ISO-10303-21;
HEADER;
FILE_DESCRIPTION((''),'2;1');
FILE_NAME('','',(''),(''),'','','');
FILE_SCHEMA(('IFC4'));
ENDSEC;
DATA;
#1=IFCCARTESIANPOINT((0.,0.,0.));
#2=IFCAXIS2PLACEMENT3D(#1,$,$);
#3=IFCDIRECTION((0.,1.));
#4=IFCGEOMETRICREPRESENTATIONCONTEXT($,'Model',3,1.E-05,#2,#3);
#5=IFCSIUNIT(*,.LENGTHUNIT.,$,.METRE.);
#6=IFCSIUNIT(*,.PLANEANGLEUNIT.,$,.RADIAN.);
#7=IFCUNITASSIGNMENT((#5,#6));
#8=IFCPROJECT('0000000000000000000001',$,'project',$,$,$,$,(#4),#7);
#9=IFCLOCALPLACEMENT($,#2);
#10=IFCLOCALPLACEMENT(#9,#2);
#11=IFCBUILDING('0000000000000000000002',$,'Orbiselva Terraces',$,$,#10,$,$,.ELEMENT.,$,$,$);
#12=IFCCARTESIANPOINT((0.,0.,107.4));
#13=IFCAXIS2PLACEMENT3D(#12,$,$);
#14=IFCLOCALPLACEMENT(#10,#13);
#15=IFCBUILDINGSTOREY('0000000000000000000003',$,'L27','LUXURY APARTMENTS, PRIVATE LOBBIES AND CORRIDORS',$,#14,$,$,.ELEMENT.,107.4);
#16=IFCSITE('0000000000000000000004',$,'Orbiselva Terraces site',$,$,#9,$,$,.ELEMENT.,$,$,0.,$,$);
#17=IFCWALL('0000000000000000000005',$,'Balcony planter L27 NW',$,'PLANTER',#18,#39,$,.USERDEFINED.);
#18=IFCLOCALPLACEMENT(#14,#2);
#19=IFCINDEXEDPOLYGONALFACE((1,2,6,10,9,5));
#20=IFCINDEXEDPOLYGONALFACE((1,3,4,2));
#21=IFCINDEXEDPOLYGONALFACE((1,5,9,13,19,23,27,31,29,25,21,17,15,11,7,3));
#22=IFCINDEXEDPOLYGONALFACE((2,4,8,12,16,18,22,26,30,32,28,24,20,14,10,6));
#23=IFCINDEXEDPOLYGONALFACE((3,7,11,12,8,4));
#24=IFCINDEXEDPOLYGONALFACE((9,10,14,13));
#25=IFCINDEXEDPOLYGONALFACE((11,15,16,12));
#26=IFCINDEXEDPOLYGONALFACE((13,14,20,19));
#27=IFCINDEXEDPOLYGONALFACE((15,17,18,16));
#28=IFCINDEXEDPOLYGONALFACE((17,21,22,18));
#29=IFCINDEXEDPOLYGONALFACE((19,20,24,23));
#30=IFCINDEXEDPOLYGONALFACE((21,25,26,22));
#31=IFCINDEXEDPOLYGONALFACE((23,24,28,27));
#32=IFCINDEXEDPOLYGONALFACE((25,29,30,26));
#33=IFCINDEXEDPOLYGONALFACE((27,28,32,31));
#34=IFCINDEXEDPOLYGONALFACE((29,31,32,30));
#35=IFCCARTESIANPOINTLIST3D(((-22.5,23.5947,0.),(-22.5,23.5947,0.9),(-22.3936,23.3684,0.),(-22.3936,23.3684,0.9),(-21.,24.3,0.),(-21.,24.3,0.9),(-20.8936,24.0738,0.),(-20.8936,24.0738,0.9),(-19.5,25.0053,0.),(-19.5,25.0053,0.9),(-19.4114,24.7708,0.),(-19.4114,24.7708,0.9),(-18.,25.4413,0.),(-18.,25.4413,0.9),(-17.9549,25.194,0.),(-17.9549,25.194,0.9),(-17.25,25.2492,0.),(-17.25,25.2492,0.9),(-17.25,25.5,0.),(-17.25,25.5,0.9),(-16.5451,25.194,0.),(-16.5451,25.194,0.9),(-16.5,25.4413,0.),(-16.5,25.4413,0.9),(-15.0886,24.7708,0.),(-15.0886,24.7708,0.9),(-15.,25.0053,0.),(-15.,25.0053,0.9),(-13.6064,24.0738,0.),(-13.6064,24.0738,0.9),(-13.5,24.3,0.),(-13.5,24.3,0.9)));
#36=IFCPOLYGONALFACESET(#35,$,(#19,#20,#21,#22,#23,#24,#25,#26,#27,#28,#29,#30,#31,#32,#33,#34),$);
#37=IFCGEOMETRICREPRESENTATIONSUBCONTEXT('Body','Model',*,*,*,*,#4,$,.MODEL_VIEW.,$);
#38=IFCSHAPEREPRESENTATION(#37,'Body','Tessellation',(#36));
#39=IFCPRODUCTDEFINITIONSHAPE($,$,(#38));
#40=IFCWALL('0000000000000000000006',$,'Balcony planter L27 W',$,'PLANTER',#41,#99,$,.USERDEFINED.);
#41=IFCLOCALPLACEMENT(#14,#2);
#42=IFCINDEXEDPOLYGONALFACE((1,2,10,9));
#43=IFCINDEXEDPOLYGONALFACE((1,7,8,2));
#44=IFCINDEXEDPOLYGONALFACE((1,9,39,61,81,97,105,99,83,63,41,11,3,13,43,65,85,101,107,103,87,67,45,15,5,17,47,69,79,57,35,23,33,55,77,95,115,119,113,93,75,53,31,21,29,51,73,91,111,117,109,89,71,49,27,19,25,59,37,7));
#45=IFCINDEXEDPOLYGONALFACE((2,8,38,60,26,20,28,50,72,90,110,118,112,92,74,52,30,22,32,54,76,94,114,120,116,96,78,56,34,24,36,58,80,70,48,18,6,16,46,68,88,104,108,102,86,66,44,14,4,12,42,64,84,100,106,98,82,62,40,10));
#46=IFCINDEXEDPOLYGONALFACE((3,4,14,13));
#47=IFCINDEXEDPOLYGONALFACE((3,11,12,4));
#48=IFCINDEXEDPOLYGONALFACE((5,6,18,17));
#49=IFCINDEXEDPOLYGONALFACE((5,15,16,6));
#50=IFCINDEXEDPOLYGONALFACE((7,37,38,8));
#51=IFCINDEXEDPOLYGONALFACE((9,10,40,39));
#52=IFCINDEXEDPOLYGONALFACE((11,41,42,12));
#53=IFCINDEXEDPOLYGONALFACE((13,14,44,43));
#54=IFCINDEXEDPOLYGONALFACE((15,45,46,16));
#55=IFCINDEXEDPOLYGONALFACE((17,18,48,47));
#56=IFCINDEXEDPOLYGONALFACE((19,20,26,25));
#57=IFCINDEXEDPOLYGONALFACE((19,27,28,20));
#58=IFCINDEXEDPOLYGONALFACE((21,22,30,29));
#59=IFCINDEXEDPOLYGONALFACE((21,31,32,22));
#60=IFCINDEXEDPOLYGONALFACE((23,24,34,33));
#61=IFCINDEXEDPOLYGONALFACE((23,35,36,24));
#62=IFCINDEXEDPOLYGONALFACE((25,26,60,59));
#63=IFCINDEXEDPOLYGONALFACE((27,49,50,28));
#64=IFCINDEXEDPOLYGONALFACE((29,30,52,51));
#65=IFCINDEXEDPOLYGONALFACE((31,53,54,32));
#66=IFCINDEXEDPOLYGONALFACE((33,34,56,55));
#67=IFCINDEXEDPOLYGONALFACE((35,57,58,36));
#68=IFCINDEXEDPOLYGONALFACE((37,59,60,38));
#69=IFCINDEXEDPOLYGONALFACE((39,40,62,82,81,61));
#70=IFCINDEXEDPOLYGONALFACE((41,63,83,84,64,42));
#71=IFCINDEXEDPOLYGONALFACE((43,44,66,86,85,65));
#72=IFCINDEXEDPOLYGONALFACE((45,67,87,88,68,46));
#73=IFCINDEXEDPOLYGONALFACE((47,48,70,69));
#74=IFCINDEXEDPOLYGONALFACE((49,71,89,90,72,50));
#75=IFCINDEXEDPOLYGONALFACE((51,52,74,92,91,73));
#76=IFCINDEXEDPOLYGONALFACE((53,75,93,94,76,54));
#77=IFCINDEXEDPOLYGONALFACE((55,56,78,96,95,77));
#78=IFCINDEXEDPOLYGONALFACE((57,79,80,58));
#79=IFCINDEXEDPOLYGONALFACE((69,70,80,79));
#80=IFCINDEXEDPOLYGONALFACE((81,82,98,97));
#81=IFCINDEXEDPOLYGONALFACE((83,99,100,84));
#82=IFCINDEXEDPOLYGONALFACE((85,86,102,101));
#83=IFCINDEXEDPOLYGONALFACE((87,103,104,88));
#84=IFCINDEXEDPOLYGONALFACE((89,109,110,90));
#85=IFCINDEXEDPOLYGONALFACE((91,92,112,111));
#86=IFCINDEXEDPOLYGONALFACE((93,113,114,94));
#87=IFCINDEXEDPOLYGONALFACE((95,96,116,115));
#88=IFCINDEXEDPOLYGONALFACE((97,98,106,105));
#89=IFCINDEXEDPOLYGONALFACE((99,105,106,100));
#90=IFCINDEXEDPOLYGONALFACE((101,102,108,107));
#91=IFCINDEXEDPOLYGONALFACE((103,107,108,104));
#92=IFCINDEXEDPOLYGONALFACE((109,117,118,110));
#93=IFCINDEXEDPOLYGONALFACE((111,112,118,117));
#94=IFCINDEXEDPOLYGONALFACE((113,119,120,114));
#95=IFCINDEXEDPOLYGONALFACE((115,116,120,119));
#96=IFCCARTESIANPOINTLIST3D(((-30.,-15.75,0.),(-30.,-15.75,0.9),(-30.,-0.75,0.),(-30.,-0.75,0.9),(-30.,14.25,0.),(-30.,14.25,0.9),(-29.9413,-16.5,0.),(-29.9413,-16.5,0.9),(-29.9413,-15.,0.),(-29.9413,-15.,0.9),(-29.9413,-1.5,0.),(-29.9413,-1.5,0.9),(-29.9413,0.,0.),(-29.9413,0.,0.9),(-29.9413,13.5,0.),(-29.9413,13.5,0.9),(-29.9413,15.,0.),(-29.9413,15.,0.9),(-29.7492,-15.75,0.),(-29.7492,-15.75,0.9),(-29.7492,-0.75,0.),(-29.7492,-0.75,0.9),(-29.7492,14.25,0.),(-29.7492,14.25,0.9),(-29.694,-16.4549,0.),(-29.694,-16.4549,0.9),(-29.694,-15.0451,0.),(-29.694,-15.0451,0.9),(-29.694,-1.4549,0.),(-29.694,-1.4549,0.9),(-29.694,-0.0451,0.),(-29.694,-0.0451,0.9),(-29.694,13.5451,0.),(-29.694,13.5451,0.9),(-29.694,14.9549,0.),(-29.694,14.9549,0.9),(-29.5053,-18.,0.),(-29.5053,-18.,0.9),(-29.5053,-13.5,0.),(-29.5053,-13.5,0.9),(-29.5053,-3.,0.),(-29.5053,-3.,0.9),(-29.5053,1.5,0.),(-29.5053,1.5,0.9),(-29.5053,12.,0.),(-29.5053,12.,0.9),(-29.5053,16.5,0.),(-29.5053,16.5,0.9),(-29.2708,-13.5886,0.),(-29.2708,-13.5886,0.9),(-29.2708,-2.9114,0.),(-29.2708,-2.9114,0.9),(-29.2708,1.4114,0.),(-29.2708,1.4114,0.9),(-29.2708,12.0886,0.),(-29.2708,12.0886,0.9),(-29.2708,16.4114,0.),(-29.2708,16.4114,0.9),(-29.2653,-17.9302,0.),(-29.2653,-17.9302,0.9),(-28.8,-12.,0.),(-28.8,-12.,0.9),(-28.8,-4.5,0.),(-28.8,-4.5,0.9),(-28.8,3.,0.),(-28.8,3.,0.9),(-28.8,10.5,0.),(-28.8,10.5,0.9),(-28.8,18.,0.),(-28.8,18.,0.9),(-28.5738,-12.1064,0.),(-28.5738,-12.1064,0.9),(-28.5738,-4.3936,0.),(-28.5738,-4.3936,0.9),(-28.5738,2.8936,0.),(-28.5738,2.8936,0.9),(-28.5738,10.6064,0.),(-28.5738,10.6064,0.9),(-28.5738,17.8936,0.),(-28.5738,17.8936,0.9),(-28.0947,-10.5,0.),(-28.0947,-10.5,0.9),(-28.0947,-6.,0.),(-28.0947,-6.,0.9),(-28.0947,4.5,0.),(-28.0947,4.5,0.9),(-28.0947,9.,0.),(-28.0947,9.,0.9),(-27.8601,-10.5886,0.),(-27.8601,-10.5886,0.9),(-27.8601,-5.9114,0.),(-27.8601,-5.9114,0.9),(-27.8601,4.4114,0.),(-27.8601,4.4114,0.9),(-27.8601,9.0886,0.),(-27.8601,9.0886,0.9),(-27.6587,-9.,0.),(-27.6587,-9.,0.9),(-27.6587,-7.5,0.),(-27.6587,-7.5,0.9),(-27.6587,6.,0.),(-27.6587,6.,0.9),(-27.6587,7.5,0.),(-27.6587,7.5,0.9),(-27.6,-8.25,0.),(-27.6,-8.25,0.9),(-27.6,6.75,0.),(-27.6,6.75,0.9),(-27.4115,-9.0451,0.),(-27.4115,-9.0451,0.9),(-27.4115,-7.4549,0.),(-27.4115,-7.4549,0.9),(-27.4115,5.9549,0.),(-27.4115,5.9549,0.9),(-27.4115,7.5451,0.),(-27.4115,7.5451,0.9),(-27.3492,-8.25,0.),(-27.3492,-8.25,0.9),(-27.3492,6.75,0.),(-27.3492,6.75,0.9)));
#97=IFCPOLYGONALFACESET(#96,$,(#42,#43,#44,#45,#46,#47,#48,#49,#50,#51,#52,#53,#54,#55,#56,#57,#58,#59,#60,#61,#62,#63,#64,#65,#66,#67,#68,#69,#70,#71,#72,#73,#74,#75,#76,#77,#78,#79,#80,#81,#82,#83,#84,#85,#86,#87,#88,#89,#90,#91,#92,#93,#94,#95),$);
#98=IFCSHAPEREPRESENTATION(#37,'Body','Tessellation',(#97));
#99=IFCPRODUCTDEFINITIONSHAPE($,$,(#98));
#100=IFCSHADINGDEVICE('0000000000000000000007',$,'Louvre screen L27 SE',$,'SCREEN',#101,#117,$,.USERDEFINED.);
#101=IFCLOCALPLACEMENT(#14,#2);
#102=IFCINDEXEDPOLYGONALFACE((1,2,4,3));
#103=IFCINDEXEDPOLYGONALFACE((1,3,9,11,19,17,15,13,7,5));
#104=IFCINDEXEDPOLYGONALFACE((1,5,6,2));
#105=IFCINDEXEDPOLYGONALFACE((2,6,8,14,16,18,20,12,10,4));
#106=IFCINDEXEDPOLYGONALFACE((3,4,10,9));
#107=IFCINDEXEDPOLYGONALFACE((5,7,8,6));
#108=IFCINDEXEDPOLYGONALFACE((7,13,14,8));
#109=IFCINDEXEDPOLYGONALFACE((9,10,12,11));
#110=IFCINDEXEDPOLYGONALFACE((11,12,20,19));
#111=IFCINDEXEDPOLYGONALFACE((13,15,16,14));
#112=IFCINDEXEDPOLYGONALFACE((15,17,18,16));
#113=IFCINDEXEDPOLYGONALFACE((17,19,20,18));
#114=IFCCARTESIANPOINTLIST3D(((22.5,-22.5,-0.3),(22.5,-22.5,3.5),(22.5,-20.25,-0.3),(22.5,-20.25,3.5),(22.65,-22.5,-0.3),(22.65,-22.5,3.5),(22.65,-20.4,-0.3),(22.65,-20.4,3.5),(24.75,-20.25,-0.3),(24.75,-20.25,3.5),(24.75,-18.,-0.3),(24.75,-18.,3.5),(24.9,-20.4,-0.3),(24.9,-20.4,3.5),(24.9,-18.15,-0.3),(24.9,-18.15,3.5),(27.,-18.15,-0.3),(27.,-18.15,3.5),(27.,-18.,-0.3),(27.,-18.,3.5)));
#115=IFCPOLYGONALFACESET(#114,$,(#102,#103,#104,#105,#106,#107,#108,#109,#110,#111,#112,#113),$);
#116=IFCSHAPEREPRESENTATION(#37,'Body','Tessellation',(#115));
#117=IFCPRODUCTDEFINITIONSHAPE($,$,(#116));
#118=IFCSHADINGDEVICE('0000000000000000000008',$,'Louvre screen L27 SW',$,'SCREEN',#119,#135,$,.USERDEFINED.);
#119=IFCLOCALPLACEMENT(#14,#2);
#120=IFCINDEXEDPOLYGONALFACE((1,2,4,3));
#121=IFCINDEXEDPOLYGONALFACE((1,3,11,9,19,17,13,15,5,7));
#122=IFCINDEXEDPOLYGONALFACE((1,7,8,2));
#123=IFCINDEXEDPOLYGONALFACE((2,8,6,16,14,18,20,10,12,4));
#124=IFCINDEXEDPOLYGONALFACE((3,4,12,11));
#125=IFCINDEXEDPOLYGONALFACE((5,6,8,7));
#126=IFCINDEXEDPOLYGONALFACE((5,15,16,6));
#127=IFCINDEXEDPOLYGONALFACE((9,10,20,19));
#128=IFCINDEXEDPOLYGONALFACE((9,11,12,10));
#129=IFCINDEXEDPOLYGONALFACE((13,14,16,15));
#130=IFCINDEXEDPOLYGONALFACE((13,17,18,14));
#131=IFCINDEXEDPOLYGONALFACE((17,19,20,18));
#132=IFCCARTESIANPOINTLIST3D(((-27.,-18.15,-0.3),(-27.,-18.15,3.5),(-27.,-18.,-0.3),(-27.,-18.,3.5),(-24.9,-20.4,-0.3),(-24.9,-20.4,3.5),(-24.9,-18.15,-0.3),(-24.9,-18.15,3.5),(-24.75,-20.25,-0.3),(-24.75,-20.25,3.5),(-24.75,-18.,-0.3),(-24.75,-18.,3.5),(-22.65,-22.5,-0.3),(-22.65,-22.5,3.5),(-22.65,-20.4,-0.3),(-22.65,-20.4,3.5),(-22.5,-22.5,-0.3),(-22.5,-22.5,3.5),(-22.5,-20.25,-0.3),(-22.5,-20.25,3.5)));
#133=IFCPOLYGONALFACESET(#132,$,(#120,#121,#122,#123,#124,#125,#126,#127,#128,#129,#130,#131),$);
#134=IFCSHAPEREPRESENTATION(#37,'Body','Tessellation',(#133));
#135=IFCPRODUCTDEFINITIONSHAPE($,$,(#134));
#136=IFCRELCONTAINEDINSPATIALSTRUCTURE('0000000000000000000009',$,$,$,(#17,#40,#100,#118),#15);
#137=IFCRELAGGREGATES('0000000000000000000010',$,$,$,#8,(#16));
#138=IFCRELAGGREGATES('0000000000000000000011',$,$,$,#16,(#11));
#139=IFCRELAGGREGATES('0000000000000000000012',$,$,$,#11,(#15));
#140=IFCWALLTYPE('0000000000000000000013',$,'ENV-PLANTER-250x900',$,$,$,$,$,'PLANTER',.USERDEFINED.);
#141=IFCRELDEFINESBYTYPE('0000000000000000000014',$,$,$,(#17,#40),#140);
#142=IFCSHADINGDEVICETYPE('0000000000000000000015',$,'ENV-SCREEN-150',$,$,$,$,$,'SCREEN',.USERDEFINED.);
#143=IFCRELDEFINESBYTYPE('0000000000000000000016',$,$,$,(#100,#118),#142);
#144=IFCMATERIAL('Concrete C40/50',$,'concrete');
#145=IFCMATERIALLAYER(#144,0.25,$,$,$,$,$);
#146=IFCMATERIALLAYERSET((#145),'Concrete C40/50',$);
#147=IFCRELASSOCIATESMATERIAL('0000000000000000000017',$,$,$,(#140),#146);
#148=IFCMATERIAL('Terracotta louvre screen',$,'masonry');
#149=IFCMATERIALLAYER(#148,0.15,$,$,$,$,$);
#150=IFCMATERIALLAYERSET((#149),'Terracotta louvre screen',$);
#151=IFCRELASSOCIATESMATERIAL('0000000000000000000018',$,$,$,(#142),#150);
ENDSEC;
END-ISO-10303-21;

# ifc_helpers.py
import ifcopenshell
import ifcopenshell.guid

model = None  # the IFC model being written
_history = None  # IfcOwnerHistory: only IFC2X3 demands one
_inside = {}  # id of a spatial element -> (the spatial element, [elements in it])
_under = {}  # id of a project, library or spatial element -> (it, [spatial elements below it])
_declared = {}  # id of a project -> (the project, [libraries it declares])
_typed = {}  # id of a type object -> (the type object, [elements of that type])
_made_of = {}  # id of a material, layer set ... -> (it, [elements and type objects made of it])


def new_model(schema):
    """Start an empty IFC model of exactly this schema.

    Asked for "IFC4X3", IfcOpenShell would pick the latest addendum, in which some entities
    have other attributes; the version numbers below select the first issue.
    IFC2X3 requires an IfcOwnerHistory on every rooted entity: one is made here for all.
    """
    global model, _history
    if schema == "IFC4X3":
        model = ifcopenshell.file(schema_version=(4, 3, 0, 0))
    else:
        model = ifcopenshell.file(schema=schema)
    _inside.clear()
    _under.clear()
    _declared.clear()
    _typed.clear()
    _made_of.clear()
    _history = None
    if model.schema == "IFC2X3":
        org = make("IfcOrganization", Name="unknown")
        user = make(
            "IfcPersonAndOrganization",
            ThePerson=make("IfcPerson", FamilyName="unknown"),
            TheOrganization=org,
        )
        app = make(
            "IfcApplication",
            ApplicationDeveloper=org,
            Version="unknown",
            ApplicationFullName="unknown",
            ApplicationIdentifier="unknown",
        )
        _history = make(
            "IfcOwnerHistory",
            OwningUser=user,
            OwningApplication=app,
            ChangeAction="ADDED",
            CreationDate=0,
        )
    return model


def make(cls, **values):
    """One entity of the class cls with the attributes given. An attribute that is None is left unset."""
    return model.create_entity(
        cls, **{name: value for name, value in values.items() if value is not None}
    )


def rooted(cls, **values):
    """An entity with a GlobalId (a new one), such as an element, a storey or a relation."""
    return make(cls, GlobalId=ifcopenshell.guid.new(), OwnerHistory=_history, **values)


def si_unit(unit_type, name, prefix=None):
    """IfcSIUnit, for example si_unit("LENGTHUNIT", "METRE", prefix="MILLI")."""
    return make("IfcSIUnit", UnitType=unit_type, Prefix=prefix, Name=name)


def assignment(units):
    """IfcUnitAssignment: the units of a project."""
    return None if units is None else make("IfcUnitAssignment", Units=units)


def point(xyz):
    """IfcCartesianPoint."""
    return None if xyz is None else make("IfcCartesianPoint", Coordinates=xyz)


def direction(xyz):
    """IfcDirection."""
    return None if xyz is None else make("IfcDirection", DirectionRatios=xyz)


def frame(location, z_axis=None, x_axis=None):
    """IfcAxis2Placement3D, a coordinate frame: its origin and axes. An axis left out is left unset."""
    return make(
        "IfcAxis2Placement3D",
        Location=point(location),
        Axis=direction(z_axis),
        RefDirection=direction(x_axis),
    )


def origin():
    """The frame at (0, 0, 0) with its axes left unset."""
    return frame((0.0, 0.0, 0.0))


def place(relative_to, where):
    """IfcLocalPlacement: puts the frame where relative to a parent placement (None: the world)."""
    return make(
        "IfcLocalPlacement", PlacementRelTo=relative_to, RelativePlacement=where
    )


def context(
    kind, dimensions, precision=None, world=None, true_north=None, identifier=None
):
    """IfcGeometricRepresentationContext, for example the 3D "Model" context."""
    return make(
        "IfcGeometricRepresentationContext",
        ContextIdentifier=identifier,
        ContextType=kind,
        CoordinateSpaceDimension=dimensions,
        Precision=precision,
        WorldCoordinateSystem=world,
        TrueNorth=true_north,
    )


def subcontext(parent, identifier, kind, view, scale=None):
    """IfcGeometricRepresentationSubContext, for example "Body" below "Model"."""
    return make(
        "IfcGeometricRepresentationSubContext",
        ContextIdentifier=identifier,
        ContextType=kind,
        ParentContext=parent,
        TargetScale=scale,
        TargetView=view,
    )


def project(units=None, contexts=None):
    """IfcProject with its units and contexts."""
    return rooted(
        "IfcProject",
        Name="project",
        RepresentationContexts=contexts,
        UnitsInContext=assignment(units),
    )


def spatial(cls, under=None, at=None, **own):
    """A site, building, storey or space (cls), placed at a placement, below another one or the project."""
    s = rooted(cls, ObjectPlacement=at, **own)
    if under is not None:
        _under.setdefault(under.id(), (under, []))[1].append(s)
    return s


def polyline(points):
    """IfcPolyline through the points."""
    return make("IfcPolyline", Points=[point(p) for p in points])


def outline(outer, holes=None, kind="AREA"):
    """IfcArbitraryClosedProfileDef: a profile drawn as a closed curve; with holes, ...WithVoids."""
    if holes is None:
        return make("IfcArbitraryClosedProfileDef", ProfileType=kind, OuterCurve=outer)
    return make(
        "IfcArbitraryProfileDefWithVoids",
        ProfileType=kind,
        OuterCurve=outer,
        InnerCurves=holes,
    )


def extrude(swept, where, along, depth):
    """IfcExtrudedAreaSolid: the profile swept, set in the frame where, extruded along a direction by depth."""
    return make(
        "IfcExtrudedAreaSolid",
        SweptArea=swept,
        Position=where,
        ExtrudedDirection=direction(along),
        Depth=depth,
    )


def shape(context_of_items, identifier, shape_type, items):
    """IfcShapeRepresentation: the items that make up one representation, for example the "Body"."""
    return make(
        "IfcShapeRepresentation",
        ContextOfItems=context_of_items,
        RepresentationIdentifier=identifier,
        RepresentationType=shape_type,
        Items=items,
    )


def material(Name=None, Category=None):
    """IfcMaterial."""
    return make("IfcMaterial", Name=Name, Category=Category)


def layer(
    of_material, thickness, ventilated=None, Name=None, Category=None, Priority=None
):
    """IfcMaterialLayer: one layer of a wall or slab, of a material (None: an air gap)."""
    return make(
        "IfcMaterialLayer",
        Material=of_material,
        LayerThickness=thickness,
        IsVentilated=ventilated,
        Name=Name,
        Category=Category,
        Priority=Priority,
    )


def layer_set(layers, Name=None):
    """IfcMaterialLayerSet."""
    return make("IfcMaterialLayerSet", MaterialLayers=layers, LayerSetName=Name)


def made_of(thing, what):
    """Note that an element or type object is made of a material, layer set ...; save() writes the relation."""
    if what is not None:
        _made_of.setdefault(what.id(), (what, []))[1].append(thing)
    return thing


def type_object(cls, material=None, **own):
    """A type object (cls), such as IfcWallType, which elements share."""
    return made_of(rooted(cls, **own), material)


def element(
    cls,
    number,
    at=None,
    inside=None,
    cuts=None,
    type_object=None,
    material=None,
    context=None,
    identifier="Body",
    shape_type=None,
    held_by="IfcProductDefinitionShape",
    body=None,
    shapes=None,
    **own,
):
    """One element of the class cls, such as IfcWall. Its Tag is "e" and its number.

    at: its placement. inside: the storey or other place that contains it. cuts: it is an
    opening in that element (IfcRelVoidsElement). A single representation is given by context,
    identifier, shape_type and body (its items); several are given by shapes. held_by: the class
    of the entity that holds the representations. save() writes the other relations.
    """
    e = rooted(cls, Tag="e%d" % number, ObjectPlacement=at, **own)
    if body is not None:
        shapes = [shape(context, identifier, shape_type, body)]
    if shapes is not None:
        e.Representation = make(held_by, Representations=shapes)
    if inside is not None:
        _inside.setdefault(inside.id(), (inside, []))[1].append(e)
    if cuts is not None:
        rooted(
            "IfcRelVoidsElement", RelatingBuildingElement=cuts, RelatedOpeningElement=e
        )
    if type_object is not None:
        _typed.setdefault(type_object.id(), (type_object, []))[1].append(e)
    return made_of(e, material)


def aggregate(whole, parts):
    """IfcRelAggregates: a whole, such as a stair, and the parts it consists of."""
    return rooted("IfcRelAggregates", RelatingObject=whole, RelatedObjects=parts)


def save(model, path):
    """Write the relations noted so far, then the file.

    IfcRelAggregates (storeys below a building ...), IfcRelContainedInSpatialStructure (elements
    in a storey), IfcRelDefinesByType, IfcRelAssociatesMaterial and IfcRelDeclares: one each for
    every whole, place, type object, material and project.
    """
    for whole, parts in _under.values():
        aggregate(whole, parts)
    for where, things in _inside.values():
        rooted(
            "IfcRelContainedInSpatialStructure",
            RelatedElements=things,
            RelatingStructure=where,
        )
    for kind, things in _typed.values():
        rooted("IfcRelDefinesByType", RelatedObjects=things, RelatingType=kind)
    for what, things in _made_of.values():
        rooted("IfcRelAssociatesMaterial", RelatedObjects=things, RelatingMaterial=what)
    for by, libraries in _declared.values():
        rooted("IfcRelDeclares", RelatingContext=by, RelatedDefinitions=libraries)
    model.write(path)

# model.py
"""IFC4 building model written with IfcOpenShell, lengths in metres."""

from ifc_helpers import new_model, si_unit, direction, frame, origin, place, context, subcontext, project, spatial, polyline, outline, extrude, material, layer, layer_set, type_object, element, save


model = new_model("IFC4")

# Units and contexts
model_context = context("Model", 3, precision=1e-05, world=origin(), true_north=direction((0.0, 1.0)))
body_context = subcontext(model_context, "Body", "Model", "MODEL_VIEW")
ifc_project = project(units=[si_unit("LENGTHUNIT", "METRE"), si_unit("PLANEANGLEUNIT", "RADIAN")], contexts=[model_context])

# Site, building, storey
site_placement = place(None, origin())
site = spatial("IfcSite", under=ifc_project, at=site_placement, Name="Orbiselva Terraces site", CompositionType="ELEMENT", RefElevation=0.0)
building_placement = place(site_placement, origin())
building = spatial("IfcBuilding", under=site, at=building_placement, Name="Orbiselva Terraces", CompositionType="ELEMENT")
storey_placement = place(building_placement, frame((0.0, 0.0, 107.4)))
storey = spatial("IfcBuildingStorey", under=building, at=storey_placement, Name="L27", Description="LUXURY APARTMENTS, PRIVATE LOBBIES AND CORRIDORS", CompositionType="ELEMENT", Elevation=107.4)

# Shared definitions
ifc_material_1 = material(Name="Concrete C40/50", Category="concrete")

# Walls
ifc_layer_1 = layer(ifc_material_1, 0.25)
ifc_layer_set_1 = layer_set([ifc_layer_1], Name="Concrete C40/50")
wall_type = type_object("IfcWallType", Name="ENV-PLANTER-250x900", ElementType="PLANTER", PredefinedType="USERDEFINED", material=ifc_layer_set_1)
wall_1_placement = place(storey_placement, origin())
element("IfcWall", 1, at=wall_1_placement, inside=storey, type_object=wall_type, Name="Balcony planter L27 NW", ObjectType="PLANTER", PredefinedType="USERDEFINED", context=body_context, shape_type="SweptSolid", body=[
    extrude(outline(polyline([(-13.5, 24.3), (-15.0, 25.0053), (-16.5, 25.4413), (-17.25, 25.5), (-18.0, 25.4413), (-19.5, 25.0053), (-21.0, 24.3), (-22.5, 23.5947), (-22.3936, 23.3684), (-20.8936, 24.0738), (-19.4114, 24.7708), (-17.9549, 25.194), (-17.25, 25.2492), (-16.5451, 25.194), (-15.0886, 24.7708), (-13.6064, 24.0738), (-13.5, 24.3)])), origin(), (0.0, 0.0, 1.0), 0.9),
])
wall_2_placement = place(storey_placement, origin())
element("IfcWall", 2, at=wall_2_placement, inside=storey, type_object=wall_type, Name="Balcony planter L27 W", ObjectType="PLANTER", PredefinedType="USERDEFINED", context=body_context, shape_type="SweptSolid", body=[
    extrude(outline(polyline([(-28.8, 18.0), (-29.5053, 16.5), (-29.9413, 15.0), (-30.0, 14.25), (-29.9413, 13.5), (-29.5053, 12.0), (-28.8, 10.5), (-28.0947, 9.0), (-27.6587, 7.5), (-27.6, 6.75), (-27.6587, 6.0), (-28.0947, 4.5), (-28.8, 3.0), (-29.5053, 1.5), (-29.9413, 0.0), (-30.0, -0.75), (-29.9413, -1.5), (-29.5053, -3.0), (-28.8, -4.5), (-28.0947, -6.0), (-27.6587, -7.5), (-27.6, -8.25), (-27.6587, -9.0), (-28.0947, -10.5), (-28.8, -12.0), (-29.5053, -13.5), (-29.9413, -15.0), (-30.0, -15.75), (-29.9413, -16.5), (-29.5053, -18.0), (-29.2653, -17.9302), (-29.694, -16.4549), (-29.7492, -15.75), (-29.694, -15.0451), (-29.2708, -13.5886), (-28.5738, -12.1064), (-27.8601, -10.5886), (-27.4115, -9.0451), (-27.3492, -8.25), (-27.4115, -7.4549), (-27.8601, -5.9114), (-28.5738, -4.3936), (-29.2708, -2.9114), (-29.694, -1.4549), (-29.7492, -0.75), (-29.694, -0.0451), (-29.2708, 1.4114), (-28.5738, 2.8936), (-27.8601, 4.4114), (-27.4115, 5.9549), (-27.3492, 6.75), (-27.4115, 7.5451), (-27.8601, 9.0886), (-28.5738, 10.6064), (-29.2708, 12.0886), (-29.694, 13.5451), (-29.7492, 14.25), (-29.694, 14.9549), (-29.2708, 16.4114), (-28.5738, 17.8936), (-28.8, 18.0)])), origin(), (0.0, 0.0, 1.0), 0.9),
])

# Shading devices
ifc_material_2 = material(Name="Terracotta louvre screen", Category="masonry")
ifc_layer_2 = layer(ifc_material_2, 0.15)
ifc_layer_set_2 = layer_set([ifc_layer_2], Name="Terracotta louvre screen")
shading_device_type = type_object("IfcShadingDeviceType", Name="ENV-SCREEN-150", ElementType="SCREEN", PredefinedType="USERDEFINED", material=ifc_layer_set_2)
shading_device_1_placement = place(storey_placement, frame((0.0, 0.0, -0.3)))
element("IfcShadingDevice", 3, at=shading_device_1_placement, inside=storey, type_object=shading_device_type, Name="Louvre screen L27 SE", ObjectType="SCREEN", PredefinedType="USERDEFINED", context=body_context, shape_type="SweptSolid", body=[
    extrude(outline(polyline([(22.65, -22.5), (22.65, -20.4), (24.9, -20.4), (24.9, -18.15), (27.0, -18.15), (27.0, -18.0), (24.75, -18.0), (24.75, -20.25), (22.5, -20.25), (22.5, -22.5), (22.65, -22.5)])), origin(), (0.0, 0.0, 1.0), 3.8),
])
shading_device_2_placement = place(storey_placement, frame((0.0, 0.0, -0.3)))
element("IfcShadingDevice", 4, at=shading_device_2_placement, inside=storey, type_object=shading_device_type, Name="Louvre screen L27 SW", ObjectType="SCREEN", PredefinedType="USERDEFINED", context=body_context, shape_type="SweptSolid", body=[
    extrude(outline(polyline([(-27.0, -18.15), (-24.9, -18.15), (-24.9, -20.4), (-22.65, -20.4), (-22.65, -22.5), (-22.5, -22.5), (-22.5, -20.25), (-24.75, -20.25), (-24.75, -18.0), (-27.0, -18.0), (-27.0, -18.15)])), origin(), (0.0, 0.0, 1.0), 3.8),
])

save(model, "model.ifc")
